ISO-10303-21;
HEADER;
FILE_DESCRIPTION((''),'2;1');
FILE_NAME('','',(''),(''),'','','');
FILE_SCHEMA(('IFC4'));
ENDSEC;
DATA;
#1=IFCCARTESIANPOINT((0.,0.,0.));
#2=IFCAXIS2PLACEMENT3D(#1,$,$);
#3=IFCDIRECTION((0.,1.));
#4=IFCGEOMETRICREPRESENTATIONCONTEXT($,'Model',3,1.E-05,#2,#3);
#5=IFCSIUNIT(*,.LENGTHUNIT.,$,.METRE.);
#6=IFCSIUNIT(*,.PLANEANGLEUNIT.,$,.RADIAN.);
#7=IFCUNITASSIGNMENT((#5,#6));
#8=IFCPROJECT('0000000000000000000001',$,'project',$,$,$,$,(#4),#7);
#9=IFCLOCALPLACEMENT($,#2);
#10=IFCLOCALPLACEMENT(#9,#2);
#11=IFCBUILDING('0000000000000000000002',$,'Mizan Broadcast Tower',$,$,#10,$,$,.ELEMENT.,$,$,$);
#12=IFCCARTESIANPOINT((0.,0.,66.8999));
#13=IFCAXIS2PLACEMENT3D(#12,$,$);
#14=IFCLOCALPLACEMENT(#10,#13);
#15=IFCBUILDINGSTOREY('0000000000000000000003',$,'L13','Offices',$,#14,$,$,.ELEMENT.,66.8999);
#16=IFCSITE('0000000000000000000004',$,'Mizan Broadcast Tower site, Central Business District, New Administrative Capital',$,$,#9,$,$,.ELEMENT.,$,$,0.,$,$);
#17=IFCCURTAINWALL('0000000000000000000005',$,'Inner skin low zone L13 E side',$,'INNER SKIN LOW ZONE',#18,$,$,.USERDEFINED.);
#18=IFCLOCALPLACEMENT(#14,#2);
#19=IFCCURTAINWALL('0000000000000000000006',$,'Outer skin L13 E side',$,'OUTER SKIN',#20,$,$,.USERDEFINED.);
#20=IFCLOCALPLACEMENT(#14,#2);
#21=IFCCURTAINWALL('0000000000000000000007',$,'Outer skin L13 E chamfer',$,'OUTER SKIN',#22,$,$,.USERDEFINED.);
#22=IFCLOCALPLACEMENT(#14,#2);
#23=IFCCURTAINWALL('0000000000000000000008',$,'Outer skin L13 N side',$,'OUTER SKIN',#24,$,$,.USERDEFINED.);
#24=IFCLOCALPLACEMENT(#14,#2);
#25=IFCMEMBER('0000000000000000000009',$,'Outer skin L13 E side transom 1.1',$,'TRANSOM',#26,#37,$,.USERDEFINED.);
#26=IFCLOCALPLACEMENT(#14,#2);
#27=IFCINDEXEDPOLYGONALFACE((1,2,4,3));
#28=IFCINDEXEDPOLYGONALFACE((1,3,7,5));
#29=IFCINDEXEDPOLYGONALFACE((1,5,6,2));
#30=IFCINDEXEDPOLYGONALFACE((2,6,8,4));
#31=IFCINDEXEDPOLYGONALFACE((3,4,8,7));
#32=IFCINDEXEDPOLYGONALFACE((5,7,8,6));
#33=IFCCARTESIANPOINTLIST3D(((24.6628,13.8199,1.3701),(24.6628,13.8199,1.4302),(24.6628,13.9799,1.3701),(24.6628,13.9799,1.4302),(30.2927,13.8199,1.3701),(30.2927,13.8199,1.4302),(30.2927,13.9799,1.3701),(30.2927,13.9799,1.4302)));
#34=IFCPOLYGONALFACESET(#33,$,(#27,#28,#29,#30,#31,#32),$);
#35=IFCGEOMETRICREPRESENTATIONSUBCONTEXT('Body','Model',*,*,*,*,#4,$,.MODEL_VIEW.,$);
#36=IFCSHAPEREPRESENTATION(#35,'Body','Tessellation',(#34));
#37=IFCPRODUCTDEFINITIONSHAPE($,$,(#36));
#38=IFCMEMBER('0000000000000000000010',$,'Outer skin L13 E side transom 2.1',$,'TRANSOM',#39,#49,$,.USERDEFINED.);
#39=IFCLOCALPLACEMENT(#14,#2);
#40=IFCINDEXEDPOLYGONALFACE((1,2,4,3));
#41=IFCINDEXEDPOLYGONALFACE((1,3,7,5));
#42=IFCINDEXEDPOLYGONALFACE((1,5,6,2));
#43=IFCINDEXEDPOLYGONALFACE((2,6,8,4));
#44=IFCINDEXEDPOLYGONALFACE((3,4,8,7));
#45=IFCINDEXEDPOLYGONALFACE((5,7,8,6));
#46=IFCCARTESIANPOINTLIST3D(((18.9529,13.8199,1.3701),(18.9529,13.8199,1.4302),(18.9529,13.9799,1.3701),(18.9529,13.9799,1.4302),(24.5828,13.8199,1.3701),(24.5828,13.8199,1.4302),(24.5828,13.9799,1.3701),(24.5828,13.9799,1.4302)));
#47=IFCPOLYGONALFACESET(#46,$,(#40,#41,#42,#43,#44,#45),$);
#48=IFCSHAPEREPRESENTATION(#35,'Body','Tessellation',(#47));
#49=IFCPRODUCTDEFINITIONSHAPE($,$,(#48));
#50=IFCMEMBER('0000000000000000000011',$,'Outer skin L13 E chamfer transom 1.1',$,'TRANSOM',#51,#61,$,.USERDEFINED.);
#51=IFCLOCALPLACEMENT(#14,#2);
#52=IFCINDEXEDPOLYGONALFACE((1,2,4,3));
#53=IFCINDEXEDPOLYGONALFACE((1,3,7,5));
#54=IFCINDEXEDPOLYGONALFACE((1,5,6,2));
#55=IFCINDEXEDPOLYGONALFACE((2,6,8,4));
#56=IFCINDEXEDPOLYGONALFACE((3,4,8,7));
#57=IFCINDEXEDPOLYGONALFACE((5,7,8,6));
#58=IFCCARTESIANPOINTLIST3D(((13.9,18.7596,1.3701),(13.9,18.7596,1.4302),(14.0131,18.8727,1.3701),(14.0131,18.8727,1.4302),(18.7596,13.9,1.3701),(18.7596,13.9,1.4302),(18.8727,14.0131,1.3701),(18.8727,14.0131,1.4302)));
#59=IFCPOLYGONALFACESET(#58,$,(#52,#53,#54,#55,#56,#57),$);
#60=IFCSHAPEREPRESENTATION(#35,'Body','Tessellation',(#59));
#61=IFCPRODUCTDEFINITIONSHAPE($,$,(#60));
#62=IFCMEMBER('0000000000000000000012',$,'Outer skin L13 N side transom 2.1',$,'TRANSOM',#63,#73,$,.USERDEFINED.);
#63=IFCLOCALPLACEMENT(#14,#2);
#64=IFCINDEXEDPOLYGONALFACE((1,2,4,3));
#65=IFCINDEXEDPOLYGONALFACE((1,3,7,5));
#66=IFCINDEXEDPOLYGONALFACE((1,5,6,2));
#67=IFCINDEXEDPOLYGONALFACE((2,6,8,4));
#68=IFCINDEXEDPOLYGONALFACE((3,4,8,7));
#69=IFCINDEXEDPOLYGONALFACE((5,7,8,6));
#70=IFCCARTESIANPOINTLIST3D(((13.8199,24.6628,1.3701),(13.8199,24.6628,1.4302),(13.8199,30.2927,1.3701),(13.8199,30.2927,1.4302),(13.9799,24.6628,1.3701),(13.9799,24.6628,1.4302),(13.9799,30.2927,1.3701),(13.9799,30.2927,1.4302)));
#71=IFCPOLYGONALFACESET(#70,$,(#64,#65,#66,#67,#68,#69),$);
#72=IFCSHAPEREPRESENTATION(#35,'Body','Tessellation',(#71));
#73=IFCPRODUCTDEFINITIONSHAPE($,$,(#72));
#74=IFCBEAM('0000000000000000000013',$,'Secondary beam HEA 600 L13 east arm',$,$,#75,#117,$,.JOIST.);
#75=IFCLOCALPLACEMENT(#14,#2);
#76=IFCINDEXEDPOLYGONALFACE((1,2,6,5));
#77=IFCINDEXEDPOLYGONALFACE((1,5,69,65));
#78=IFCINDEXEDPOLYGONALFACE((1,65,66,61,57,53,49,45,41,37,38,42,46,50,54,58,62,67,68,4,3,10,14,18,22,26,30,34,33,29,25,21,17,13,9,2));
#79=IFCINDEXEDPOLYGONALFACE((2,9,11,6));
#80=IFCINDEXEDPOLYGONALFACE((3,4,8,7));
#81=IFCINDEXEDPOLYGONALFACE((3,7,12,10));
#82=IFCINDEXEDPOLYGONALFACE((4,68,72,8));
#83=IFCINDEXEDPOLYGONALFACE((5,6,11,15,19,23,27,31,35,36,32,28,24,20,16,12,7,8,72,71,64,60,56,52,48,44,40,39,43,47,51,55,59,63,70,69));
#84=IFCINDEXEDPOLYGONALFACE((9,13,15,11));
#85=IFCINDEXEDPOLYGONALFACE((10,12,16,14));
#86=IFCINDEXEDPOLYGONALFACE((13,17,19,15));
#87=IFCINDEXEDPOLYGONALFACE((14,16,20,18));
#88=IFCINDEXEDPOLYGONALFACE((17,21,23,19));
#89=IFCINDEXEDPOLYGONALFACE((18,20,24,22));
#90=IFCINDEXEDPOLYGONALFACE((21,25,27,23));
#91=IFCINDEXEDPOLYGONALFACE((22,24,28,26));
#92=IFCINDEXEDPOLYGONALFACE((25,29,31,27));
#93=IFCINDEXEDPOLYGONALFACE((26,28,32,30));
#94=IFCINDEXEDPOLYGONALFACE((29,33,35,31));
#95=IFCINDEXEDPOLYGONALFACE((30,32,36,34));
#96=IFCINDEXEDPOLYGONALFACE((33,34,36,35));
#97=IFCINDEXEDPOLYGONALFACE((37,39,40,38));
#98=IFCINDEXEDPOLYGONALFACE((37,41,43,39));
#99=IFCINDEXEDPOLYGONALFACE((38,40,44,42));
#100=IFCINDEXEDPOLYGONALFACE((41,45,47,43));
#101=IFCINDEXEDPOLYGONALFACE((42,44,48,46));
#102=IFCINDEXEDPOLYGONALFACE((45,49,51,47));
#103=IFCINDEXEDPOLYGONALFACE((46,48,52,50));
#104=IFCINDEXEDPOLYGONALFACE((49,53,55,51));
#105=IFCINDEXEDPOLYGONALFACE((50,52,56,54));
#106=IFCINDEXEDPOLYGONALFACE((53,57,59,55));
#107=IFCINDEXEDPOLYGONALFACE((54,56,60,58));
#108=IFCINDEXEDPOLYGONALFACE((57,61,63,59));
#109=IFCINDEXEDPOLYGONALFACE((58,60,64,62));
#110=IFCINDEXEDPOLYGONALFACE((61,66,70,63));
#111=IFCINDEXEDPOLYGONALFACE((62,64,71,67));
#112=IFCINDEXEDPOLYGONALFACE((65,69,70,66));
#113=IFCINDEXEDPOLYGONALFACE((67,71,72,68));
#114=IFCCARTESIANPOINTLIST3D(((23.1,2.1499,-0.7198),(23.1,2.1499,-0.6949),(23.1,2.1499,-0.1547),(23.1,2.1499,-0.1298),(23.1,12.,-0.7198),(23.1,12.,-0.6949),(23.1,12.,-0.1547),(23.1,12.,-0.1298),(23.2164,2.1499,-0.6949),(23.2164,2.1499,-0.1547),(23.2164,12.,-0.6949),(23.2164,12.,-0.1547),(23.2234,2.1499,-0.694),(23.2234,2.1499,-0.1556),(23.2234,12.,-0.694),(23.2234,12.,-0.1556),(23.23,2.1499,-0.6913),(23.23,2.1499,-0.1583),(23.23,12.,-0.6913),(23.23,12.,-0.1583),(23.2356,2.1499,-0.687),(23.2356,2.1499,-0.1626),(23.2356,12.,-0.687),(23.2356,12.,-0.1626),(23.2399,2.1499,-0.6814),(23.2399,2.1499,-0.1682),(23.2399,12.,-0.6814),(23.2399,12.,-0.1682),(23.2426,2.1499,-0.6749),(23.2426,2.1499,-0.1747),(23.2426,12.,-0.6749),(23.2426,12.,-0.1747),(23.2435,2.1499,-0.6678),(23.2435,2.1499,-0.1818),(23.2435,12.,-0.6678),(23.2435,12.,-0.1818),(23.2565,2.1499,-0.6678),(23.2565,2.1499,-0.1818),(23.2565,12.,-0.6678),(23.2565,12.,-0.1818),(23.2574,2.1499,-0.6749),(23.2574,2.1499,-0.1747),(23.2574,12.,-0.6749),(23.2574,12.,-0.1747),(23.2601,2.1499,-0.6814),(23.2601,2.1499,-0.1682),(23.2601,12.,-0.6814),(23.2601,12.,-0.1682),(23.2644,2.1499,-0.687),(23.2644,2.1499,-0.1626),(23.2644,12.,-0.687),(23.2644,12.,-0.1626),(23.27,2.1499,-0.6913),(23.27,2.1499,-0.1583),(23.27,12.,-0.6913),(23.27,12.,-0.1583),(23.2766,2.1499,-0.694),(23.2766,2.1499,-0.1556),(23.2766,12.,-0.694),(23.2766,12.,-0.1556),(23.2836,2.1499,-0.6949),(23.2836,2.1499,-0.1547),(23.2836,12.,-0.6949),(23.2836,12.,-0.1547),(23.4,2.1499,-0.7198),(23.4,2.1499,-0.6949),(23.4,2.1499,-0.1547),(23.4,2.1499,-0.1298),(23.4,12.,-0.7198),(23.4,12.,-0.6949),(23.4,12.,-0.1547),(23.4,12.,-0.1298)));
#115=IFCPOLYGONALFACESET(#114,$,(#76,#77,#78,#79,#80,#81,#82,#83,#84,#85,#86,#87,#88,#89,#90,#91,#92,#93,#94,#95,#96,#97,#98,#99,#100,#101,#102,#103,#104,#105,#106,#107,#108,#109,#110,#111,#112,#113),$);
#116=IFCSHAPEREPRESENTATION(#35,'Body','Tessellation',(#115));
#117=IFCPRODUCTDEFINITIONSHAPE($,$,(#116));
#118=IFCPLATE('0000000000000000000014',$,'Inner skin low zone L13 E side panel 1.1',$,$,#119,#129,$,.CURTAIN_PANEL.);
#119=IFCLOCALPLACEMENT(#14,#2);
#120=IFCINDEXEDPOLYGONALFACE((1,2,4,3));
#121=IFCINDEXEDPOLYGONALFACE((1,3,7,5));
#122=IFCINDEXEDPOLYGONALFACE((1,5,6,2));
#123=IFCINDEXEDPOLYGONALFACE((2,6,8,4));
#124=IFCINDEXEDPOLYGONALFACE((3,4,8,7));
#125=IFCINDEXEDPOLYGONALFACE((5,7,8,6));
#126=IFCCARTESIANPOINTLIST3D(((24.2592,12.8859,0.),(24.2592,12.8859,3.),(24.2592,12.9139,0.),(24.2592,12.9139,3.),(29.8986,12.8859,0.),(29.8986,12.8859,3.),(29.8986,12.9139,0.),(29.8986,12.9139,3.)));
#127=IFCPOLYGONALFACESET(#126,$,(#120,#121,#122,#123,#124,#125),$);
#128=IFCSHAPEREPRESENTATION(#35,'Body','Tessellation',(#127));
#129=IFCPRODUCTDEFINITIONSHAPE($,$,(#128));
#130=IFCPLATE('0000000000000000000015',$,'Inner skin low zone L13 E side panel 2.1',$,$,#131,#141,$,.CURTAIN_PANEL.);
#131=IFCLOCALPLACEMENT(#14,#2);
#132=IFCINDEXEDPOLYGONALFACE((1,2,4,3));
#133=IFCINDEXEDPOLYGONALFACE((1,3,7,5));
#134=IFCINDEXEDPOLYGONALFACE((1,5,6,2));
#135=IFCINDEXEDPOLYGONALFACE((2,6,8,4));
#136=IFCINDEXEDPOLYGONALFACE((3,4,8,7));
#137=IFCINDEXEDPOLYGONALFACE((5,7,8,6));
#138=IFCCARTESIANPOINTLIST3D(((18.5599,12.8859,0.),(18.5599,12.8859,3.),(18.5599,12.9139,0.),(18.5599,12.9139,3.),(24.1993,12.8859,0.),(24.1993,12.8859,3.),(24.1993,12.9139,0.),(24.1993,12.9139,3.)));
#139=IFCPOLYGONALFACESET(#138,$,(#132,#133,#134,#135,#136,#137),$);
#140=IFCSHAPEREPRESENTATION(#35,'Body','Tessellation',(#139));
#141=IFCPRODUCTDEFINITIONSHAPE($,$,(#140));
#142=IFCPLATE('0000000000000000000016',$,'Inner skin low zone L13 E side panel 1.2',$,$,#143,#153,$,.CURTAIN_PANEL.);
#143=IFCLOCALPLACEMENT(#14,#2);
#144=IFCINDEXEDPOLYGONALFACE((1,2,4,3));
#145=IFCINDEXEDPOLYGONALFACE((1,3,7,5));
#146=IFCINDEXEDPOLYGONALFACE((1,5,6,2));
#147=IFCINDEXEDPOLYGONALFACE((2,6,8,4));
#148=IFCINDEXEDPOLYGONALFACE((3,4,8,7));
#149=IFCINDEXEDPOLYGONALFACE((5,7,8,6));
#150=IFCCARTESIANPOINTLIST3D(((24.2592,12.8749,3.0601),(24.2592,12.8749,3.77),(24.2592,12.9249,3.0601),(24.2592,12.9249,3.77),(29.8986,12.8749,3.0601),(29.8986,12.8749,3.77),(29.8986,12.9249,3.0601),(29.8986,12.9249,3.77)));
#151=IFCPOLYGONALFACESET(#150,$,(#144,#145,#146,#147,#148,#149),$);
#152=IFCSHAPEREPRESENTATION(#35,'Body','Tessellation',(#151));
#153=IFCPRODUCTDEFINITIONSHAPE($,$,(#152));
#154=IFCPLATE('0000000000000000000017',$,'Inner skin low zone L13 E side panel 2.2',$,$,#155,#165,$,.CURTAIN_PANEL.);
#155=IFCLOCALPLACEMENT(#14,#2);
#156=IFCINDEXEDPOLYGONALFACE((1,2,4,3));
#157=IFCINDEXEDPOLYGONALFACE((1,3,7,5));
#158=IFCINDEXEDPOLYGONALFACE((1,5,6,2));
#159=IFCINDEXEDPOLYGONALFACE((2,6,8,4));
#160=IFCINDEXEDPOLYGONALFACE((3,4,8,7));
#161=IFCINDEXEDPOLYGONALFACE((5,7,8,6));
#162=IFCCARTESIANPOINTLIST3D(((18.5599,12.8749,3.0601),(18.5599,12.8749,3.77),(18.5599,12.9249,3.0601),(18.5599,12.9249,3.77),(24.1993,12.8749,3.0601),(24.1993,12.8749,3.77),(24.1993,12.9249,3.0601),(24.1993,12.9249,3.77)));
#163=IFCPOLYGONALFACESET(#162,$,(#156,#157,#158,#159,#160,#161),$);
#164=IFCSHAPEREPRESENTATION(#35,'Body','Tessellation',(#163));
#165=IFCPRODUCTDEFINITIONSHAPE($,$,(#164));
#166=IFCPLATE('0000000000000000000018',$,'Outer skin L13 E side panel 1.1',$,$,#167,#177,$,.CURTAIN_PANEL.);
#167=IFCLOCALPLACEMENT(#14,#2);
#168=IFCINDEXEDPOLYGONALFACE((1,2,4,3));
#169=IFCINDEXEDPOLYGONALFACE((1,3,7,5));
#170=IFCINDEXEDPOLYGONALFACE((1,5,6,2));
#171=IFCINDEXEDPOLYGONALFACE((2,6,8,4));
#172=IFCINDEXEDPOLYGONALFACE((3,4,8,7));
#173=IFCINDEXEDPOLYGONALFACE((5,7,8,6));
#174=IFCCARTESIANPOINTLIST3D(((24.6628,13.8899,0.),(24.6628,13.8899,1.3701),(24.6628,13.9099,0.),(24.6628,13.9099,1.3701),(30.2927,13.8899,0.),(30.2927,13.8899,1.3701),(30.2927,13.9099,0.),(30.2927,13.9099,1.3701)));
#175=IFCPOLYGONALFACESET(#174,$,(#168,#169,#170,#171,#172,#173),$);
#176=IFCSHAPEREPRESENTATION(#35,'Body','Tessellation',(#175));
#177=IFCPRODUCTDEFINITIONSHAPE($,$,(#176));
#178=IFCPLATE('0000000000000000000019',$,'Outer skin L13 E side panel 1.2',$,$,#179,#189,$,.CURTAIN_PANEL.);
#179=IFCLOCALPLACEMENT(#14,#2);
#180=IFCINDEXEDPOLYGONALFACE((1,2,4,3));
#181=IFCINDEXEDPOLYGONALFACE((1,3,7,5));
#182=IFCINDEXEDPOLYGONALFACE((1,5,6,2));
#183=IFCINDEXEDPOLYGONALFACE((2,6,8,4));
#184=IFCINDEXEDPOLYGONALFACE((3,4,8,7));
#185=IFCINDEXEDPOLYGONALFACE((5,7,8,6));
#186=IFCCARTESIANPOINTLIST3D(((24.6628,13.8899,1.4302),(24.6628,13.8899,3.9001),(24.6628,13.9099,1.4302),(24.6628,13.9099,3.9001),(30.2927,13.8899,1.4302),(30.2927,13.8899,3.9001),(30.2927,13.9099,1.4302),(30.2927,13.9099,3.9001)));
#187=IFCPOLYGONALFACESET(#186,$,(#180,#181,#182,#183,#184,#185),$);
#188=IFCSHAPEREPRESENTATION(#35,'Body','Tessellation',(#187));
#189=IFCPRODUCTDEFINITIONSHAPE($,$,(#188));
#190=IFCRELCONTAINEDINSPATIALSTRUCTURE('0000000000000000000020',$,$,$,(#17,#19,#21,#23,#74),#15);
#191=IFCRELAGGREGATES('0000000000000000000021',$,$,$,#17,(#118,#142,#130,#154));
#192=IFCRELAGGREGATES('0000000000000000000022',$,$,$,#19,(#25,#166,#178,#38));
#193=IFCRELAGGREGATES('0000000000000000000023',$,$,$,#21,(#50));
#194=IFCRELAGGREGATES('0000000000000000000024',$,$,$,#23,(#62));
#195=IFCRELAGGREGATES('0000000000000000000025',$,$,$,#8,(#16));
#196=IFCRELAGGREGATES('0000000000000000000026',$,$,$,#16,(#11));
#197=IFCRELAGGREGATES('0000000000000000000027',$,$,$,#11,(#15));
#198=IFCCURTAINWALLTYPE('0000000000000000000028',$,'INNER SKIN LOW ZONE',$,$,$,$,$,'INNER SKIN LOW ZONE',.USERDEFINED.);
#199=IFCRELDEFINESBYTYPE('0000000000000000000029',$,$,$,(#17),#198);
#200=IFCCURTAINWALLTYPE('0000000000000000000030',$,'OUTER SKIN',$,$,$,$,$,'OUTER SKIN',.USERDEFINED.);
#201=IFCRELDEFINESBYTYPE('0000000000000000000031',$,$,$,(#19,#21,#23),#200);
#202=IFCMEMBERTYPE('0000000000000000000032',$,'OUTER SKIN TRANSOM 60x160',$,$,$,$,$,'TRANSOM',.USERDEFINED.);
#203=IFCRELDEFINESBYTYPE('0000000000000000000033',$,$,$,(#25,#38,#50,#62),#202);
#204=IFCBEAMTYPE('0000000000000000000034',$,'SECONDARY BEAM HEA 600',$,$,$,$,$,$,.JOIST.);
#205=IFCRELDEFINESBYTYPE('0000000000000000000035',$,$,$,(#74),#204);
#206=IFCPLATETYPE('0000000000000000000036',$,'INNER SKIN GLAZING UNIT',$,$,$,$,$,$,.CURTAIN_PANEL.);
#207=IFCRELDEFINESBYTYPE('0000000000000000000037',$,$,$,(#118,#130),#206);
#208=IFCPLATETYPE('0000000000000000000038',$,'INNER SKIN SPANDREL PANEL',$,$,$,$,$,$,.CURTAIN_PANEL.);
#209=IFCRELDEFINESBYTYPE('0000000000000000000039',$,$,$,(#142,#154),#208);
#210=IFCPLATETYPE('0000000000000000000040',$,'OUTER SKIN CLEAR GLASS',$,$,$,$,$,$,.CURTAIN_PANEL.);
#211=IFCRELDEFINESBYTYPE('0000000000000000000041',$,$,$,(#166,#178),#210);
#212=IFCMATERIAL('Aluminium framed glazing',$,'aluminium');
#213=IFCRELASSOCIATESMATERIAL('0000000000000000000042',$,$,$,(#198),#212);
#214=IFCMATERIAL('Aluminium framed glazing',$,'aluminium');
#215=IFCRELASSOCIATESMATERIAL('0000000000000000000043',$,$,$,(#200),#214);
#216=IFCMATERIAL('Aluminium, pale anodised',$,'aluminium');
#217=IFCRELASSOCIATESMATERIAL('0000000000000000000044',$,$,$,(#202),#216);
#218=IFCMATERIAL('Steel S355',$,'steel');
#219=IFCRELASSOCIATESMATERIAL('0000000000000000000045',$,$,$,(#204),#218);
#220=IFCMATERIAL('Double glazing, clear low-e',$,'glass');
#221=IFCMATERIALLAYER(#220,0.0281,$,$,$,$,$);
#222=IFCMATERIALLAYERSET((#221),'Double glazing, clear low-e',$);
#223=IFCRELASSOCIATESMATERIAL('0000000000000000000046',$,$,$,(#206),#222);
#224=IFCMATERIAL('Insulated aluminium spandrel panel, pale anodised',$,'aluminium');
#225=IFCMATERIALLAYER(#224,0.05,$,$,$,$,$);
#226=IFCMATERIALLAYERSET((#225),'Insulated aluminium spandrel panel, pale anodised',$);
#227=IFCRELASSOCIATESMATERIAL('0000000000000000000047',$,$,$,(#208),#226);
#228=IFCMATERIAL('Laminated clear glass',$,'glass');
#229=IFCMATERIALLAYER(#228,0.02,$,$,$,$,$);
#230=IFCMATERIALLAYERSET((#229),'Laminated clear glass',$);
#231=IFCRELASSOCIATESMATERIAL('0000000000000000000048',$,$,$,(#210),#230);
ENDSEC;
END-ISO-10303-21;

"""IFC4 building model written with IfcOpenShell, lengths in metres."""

from ifc_helpers import new_model, si_unit, direction, frame, origin, origin_2d, place, context, subcontext, project, spatial, rectangle, i_section, extrude, material, layer, layer_set, material_profile, profile_set, type_object, element, aggregate, save


model = new_model("IFC4")

# Units and contexts
model_context = context("Model", 3, precision=1e-05, world=origin(), true_north=direction((0.0, 1.0)))
body_context = subcontext(model_context, "Body", "Model", "MODEL_VIEW")
ifc_project = project(units=[si_unit("LENGTHUNIT", "METRE"), si_unit("PLANEANGLEUNIT", "RADIAN")], contexts=[model_context])

# Site, building, storey
site_placement = place(None, origin())
site = spatial("IfcSite", under=ifc_project, at=site_placement, Name="Mizan Broadcast Tower site, Central Business District, New Administrative Capital", CompositionType="ELEMENT", RefElevation=0.0)
building_placement = place(site_placement, origin())
building = spatial("IfcBuilding", under=site, at=building_placement, Name="Mizan Broadcast Tower", CompositionType="ELEMENT")
storey_placement = place(building_placement, frame((0.0, 0.0, 66.8999)))
storey = spatial("IfcBuildingStorey", under=building, at=storey_placement, Name="L13", Description="Offices", CompositionType="ELEMENT", Elevation=66.8999)

# Shared definitions
ifc_material_1 = material(Name="Aluminium framed glazing", Category="aluminium")
curtain_wall_type_1 = type_object("IfcCurtainWallType", Name="INNER SKIN LOW ZONE", ElementType="INNER SKIN LOW ZONE", PredefinedType="USERDEFINED", material=ifc_material_1)

# Curtain wall
curtain_wall_1_placement = place(storey_placement, origin())
curtain_wall_1 = element("IfcCurtainWall", 1, at=curtain_wall_1_placement, inside=storey, type_object=curtain_wall_type_1, Name="Inner skin low zone L13 E side", ObjectType="INNER SKIN LOW ZONE", PredefinedType="USERDEFINED")

# Shared definitions
ifc_material_2 = material(Name="Aluminium framed glazing", Category="aluminium")
curtain_wall_type_2 = type_object("IfcCurtainWallType", Name="OUTER SKIN", ElementType="OUTER SKIN", PredefinedType="USERDEFINED", material=ifc_material_2)

# Curtain wall
curtain_wall_2_placement = place(storey_placement, origin())
curtain_wall_2 = element("IfcCurtainWall", 2, at=curtain_wall_2_placement, inside=storey, type_object=curtain_wall_type_2, Name="Outer skin L13 E side", ObjectType="OUTER SKIN", PredefinedType="USERDEFINED")

# Curtain wall
curtain_wall_3_placement = place(storey_placement, origin())
curtain_wall_3 = element("IfcCurtainWall", 3, at=curtain_wall_3_placement, inside=storey, type_object=curtain_wall_type_2, Name="Outer skin L13 E chamfer", ObjectType="OUTER SKIN", PredefinedType="USERDEFINED")

# Curtain wall
curtain_wall_4_placement = place(storey_placement, origin())
curtain_wall_4 = element("IfcCurtainWall", 4, at=curtain_wall_4_placement, inside=storey, type_object=curtain_wall_type_2, Name="Outer skin L13 N side", ObjectType="OUTER SKIN", PredefinedType="USERDEFINED")

# Members
ifc_material_3 = material(Name="Aluminium, pale anodised", Category="aluminium")
ifc_material_profile_1 = material_profile(ifc_material_3, rectangle(XDim=0.1599, YDim=0.0601, at=origin_2d()), Name="TRANSOM 160x60")
ifc_profile_set_1 = profile_set([ifc_material_profile_1], Name="Aluminium, pale anodised")
member_type_1 = type_object("IfcMemberType", Name="OUTER SKIN TRANSOM 60x160", ElementType="TRANSOM", PredefinedType="USERDEFINED", material=ifc_profile_set_1)
member_1_placement = place(storey_placement, frame((30.2927, 13.8999, 1.4001), z_axis=(-1.0, 0.0, 0.0), x_axis=(0.0, -1.0, 0.0)))
member_1 = element("IfcMember", 5, at=member_1_placement, type_object=member_type_1, Name="Outer skin L13 E side transom 1.1", ObjectType="TRANSOM", PredefinedType="USERDEFINED", context=body_context, shape_type="SweptSolid", body=[
    extrude(rectangle(XDim=0.1599, YDim=0.0601, at=origin_2d()), origin(), (0.0, 0.0, 1.0), 5.6299),
])
member_2_placement = place(storey_placement, frame((24.5828, 13.8999, 1.4001), z_axis=(-1.0, 0.0, 0.0), x_axis=(0.0, -1.0, 0.0)))
member_2 = element("IfcMember", 6, at=member_2_placement, type_object=member_type_1, Name="Outer skin L13 E side transom 2.1", ObjectType="TRANSOM", PredefinedType="USERDEFINED", context=body_context, shape_type="SweptSolid", body=[
    extrude(rectangle(XDim=0.1599, YDim=0.0601, at=origin_2d()), origin(), (0.0, 0.0, 1.0), 5.6299),
])
member_3_placement = place(storey_placement, frame((18.8162, 13.9565, 1.4001), z_axis=(-0.707107, 0.707107, 0.0), x_axis=(-0.707107, -0.707107, 0.0)))
member_3 = element("IfcMember", 7, at=member_3_placement, type_object=member_type_1, Name="Outer skin L13 E chamfer transom 1.1", ObjectType="TRANSOM", PredefinedType="USERDEFINED", context=body_context, shape_type="SweptSolid", body=[
    extrude(rectangle(XDim=0.1599, YDim=0.0601, at=origin_2d()), origin(), (0.0, 0.0, 1.0), 6.8726),
])
member_4_placement = place(storey_placement, frame((13.8999, 24.6628, 1.4001), z_axis=(0.0, 1.0, 0.0), x_axis=(-1.0, 0.0, 0.0)))
member_4 = element("IfcMember", 8, at=member_4_placement, type_object=member_type_1, Name="Outer skin L13 N side transom 2.1", ObjectType="TRANSOM", PredefinedType="USERDEFINED", context=body_context, shape_type="SweptSolid", body=[
    extrude(rectangle(XDim=0.1599, YDim=0.0601, at=origin_2d()), origin(), (0.0, 0.0, 1.0), 5.6299),
])

# Beam
ifc_material_4 = material(Name="Steel S355", Category="steel")
ifc_material_profile_2 = material_profile(ifc_material_4, i_section(OverallWidth=0.3, OverallDepth=0.5901, WebThickness=0.0129, FlangeThickness=0.0249, FilletRadius=0.0271, at=origin_2d()), Name="HEA 600")
ifc_profile_set_2 = profile_set([ifc_material_profile_2], Name="Steel S355")
beam_type_1 = type_object("IfcBeamType", Name="SECONDARY BEAM HEA 600", PredefinedType="JOIST", material=ifc_profile_set_2)
beam_1_placement = place(storey_placement, frame((23.25, 12.0, -0.4248), z_axis=(0.0, -1.0, 0.0), x_axis=(1.0, 0.0, 0.0)))
element("IfcBeam", 9, at=beam_1_placement, inside=storey, type_object=beam_type_1, Name="Secondary beam HEA 600 L13 east arm", PredefinedType="JOIST", context=body_context, shape_type="SweptSolid", body=[
    extrude(i_section(OverallWidth=0.3, OverallDepth=0.5901, WebThickness=0.0129, FlangeThickness=0.0249, FilletRadius=0.0271, at=origin_2d()), origin(), (0.0, 0.0, 1.0), 9.8501),
])

# Plates
ifc_material_5 = material(Name="Double glazing, clear low-e", Category="glass")
ifc_layer_1 = layer(ifc_material_5, 0.0281)
ifc_layer_set_1 = layer_set([ifc_layer_1], Name="Double glazing, clear low-e")
plate_type_1 = type_object("IfcPlateType", Name="INNER SKIN GLAZING UNIT", PredefinedType="CURTAIN_PANEL", material=ifc_layer_set_1)
plate_1_placement = place(storey_placement, frame((27.0789, 12.8999, 0.0), z_axis=(0.0, 0.0, 1.0), x_axis=(-1.0, 0.0, 0.0)))
plate_1 = element("IfcPlate", 10, at=plate_1_placement, type_object=plate_type_1, Name="Inner skin low zone L13 E side panel 1.1", PredefinedType="CURTAIN_PANEL", context=body_context, shape_type="SweptSolid", body=[
    extrude(rectangle(XDim=5.6394, YDim=0.0281, at=origin_2d()), origin(), (0.0, 0.0, 1.0), 3.0),
])
plate_2_placement = place(storey_placement, frame((21.3796, 12.8999, 0.0), z_axis=(0.0, 0.0, 1.0), x_axis=(-1.0, 0.0, 0.0)))
plate_2 = element("IfcPlate", 11, at=plate_2_placement, type_object=plate_type_1, Name="Inner skin low zone L13 E side panel 2.1", PredefinedType="CURTAIN_PANEL", context=body_context, shape_type="SweptSolid", body=[
    extrude(rectangle(XDim=5.6394, YDim=0.0281, at=origin_2d()), origin(), (0.0, 0.0, 1.0), 3.0),
])
ifc_material_6 = material(Name="Insulated aluminium spandrel panel, pale anodised", Category="aluminium")
ifc_layer_2 = layer(ifc_material_6, 0.05)
ifc_layer_set_2 = layer_set([ifc_layer_2], Name="Insulated aluminium spandrel panel, pale anodised")
plate_type_2 = type_object("IfcPlateType", Name="INNER SKIN SPANDREL PANEL", PredefinedType="CURTAIN_PANEL", material=ifc_layer_set_2)
plate_3_placement = place(storey_placement, frame((27.0789, 12.8999, 3.0601), z_axis=(0.0, 0.0, 1.0), x_axis=(-1.0, 0.0, 0.0)))
plate_3 = element("IfcPlate", 12, at=plate_3_placement, type_object=plate_type_2, Name="Inner skin low zone L13 E side panel 1.2", PredefinedType="CURTAIN_PANEL", context=body_context, shape_type="SweptSolid", body=[
    extrude(rectangle(XDim=5.6394, YDim=0.05, at=origin_2d()), origin(), (0.0, 0.0, 1.0), 0.71),
])
plate_4_placement = place(storey_placement, frame((21.3796, 12.8999, 3.0601), z_axis=(0.0, 0.0, 1.0), x_axis=(-1.0, 0.0, 0.0)))
plate_4 = element("IfcPlate", 13, at=plate_4_placement, type_object=plate_type_2, Name="Inner skin low zone L13 E side panel 2.2", PredefinedType="CURTAIN_PANEL", context=body_context, shape_type="SweptSolid", body=[
    extrude(rectangle(XDim=5.6394, YDim=0.05, at=origin_2d()), origin(), (0.0, 0.0, 1.0), 0.71),
])
aggregate(curtain_wall_1, [plate_1, plate_3, plate_2, plate_4])
ifc_material_7 = material(Name="Laminated clear glass", Category="glass")
ifc_layer_3 = layer(ifc_material_7, 0.02)
ifc_layer_set_3 = layer_set([ifc_layer_3], Name="Laminated clear glass")
plate_type_3 = type_object("IfcPlateType", Name="OUTER SKIN CLEAR GLASS", PredefinedType="CURTAIN_PANEL", material=ifc_layer_set_3)
plate_5_placement = place(storey_placement, frame((27.4778, 13.8999, 0.0), z_axis=(0.0, 0.0, 1.0), x_axis=(-1.0, 0.0, 0.0)))
plate_5 = element("IfcPlate", 14, at=plate_5_placement, type_object=plate_type_3, Name="Outer skin L13 E side panel 1.1", PredefinedType="CURTAIN_PANEL", context=body_context, shape_type="SweptSolid", body=[
    extrude(rectangle(XDim=5.6299, YDim=0.02, at=origin_2d()), origin(), (0.0, 0.0, 1.0), 1.3701),
])
plate_6_placement = place(storey_placement, frame((27.4778, 13.8999, 1.4302), z_axis=(0.0, 0.0, 1.0), x_axis=(-1.0, 0.0, 0.0)))
plate_6 = element("IfcPlate", 15, at=plate_6_placement, type_object=plate_type_3, Name="Outer skin L13 E side panel 1.2", PredefinedType="CURTAIN_PANEL", context=body_context, shape_type="SweptSolid", body=[
    extrude(rectangle(XDim=5.6299, YDim=0.02, at=origin_2d()), origin(), (0.0, 0.0, 1.0), 2.47),
])
aggregate(curtain_wall_2, [member_1, plate_5, plate_6, member_2])
aggregate(curtain_wall_3, [member_3])
aggregate(curtain_wall_4, [member_4])

save(model, "model.ifc")
